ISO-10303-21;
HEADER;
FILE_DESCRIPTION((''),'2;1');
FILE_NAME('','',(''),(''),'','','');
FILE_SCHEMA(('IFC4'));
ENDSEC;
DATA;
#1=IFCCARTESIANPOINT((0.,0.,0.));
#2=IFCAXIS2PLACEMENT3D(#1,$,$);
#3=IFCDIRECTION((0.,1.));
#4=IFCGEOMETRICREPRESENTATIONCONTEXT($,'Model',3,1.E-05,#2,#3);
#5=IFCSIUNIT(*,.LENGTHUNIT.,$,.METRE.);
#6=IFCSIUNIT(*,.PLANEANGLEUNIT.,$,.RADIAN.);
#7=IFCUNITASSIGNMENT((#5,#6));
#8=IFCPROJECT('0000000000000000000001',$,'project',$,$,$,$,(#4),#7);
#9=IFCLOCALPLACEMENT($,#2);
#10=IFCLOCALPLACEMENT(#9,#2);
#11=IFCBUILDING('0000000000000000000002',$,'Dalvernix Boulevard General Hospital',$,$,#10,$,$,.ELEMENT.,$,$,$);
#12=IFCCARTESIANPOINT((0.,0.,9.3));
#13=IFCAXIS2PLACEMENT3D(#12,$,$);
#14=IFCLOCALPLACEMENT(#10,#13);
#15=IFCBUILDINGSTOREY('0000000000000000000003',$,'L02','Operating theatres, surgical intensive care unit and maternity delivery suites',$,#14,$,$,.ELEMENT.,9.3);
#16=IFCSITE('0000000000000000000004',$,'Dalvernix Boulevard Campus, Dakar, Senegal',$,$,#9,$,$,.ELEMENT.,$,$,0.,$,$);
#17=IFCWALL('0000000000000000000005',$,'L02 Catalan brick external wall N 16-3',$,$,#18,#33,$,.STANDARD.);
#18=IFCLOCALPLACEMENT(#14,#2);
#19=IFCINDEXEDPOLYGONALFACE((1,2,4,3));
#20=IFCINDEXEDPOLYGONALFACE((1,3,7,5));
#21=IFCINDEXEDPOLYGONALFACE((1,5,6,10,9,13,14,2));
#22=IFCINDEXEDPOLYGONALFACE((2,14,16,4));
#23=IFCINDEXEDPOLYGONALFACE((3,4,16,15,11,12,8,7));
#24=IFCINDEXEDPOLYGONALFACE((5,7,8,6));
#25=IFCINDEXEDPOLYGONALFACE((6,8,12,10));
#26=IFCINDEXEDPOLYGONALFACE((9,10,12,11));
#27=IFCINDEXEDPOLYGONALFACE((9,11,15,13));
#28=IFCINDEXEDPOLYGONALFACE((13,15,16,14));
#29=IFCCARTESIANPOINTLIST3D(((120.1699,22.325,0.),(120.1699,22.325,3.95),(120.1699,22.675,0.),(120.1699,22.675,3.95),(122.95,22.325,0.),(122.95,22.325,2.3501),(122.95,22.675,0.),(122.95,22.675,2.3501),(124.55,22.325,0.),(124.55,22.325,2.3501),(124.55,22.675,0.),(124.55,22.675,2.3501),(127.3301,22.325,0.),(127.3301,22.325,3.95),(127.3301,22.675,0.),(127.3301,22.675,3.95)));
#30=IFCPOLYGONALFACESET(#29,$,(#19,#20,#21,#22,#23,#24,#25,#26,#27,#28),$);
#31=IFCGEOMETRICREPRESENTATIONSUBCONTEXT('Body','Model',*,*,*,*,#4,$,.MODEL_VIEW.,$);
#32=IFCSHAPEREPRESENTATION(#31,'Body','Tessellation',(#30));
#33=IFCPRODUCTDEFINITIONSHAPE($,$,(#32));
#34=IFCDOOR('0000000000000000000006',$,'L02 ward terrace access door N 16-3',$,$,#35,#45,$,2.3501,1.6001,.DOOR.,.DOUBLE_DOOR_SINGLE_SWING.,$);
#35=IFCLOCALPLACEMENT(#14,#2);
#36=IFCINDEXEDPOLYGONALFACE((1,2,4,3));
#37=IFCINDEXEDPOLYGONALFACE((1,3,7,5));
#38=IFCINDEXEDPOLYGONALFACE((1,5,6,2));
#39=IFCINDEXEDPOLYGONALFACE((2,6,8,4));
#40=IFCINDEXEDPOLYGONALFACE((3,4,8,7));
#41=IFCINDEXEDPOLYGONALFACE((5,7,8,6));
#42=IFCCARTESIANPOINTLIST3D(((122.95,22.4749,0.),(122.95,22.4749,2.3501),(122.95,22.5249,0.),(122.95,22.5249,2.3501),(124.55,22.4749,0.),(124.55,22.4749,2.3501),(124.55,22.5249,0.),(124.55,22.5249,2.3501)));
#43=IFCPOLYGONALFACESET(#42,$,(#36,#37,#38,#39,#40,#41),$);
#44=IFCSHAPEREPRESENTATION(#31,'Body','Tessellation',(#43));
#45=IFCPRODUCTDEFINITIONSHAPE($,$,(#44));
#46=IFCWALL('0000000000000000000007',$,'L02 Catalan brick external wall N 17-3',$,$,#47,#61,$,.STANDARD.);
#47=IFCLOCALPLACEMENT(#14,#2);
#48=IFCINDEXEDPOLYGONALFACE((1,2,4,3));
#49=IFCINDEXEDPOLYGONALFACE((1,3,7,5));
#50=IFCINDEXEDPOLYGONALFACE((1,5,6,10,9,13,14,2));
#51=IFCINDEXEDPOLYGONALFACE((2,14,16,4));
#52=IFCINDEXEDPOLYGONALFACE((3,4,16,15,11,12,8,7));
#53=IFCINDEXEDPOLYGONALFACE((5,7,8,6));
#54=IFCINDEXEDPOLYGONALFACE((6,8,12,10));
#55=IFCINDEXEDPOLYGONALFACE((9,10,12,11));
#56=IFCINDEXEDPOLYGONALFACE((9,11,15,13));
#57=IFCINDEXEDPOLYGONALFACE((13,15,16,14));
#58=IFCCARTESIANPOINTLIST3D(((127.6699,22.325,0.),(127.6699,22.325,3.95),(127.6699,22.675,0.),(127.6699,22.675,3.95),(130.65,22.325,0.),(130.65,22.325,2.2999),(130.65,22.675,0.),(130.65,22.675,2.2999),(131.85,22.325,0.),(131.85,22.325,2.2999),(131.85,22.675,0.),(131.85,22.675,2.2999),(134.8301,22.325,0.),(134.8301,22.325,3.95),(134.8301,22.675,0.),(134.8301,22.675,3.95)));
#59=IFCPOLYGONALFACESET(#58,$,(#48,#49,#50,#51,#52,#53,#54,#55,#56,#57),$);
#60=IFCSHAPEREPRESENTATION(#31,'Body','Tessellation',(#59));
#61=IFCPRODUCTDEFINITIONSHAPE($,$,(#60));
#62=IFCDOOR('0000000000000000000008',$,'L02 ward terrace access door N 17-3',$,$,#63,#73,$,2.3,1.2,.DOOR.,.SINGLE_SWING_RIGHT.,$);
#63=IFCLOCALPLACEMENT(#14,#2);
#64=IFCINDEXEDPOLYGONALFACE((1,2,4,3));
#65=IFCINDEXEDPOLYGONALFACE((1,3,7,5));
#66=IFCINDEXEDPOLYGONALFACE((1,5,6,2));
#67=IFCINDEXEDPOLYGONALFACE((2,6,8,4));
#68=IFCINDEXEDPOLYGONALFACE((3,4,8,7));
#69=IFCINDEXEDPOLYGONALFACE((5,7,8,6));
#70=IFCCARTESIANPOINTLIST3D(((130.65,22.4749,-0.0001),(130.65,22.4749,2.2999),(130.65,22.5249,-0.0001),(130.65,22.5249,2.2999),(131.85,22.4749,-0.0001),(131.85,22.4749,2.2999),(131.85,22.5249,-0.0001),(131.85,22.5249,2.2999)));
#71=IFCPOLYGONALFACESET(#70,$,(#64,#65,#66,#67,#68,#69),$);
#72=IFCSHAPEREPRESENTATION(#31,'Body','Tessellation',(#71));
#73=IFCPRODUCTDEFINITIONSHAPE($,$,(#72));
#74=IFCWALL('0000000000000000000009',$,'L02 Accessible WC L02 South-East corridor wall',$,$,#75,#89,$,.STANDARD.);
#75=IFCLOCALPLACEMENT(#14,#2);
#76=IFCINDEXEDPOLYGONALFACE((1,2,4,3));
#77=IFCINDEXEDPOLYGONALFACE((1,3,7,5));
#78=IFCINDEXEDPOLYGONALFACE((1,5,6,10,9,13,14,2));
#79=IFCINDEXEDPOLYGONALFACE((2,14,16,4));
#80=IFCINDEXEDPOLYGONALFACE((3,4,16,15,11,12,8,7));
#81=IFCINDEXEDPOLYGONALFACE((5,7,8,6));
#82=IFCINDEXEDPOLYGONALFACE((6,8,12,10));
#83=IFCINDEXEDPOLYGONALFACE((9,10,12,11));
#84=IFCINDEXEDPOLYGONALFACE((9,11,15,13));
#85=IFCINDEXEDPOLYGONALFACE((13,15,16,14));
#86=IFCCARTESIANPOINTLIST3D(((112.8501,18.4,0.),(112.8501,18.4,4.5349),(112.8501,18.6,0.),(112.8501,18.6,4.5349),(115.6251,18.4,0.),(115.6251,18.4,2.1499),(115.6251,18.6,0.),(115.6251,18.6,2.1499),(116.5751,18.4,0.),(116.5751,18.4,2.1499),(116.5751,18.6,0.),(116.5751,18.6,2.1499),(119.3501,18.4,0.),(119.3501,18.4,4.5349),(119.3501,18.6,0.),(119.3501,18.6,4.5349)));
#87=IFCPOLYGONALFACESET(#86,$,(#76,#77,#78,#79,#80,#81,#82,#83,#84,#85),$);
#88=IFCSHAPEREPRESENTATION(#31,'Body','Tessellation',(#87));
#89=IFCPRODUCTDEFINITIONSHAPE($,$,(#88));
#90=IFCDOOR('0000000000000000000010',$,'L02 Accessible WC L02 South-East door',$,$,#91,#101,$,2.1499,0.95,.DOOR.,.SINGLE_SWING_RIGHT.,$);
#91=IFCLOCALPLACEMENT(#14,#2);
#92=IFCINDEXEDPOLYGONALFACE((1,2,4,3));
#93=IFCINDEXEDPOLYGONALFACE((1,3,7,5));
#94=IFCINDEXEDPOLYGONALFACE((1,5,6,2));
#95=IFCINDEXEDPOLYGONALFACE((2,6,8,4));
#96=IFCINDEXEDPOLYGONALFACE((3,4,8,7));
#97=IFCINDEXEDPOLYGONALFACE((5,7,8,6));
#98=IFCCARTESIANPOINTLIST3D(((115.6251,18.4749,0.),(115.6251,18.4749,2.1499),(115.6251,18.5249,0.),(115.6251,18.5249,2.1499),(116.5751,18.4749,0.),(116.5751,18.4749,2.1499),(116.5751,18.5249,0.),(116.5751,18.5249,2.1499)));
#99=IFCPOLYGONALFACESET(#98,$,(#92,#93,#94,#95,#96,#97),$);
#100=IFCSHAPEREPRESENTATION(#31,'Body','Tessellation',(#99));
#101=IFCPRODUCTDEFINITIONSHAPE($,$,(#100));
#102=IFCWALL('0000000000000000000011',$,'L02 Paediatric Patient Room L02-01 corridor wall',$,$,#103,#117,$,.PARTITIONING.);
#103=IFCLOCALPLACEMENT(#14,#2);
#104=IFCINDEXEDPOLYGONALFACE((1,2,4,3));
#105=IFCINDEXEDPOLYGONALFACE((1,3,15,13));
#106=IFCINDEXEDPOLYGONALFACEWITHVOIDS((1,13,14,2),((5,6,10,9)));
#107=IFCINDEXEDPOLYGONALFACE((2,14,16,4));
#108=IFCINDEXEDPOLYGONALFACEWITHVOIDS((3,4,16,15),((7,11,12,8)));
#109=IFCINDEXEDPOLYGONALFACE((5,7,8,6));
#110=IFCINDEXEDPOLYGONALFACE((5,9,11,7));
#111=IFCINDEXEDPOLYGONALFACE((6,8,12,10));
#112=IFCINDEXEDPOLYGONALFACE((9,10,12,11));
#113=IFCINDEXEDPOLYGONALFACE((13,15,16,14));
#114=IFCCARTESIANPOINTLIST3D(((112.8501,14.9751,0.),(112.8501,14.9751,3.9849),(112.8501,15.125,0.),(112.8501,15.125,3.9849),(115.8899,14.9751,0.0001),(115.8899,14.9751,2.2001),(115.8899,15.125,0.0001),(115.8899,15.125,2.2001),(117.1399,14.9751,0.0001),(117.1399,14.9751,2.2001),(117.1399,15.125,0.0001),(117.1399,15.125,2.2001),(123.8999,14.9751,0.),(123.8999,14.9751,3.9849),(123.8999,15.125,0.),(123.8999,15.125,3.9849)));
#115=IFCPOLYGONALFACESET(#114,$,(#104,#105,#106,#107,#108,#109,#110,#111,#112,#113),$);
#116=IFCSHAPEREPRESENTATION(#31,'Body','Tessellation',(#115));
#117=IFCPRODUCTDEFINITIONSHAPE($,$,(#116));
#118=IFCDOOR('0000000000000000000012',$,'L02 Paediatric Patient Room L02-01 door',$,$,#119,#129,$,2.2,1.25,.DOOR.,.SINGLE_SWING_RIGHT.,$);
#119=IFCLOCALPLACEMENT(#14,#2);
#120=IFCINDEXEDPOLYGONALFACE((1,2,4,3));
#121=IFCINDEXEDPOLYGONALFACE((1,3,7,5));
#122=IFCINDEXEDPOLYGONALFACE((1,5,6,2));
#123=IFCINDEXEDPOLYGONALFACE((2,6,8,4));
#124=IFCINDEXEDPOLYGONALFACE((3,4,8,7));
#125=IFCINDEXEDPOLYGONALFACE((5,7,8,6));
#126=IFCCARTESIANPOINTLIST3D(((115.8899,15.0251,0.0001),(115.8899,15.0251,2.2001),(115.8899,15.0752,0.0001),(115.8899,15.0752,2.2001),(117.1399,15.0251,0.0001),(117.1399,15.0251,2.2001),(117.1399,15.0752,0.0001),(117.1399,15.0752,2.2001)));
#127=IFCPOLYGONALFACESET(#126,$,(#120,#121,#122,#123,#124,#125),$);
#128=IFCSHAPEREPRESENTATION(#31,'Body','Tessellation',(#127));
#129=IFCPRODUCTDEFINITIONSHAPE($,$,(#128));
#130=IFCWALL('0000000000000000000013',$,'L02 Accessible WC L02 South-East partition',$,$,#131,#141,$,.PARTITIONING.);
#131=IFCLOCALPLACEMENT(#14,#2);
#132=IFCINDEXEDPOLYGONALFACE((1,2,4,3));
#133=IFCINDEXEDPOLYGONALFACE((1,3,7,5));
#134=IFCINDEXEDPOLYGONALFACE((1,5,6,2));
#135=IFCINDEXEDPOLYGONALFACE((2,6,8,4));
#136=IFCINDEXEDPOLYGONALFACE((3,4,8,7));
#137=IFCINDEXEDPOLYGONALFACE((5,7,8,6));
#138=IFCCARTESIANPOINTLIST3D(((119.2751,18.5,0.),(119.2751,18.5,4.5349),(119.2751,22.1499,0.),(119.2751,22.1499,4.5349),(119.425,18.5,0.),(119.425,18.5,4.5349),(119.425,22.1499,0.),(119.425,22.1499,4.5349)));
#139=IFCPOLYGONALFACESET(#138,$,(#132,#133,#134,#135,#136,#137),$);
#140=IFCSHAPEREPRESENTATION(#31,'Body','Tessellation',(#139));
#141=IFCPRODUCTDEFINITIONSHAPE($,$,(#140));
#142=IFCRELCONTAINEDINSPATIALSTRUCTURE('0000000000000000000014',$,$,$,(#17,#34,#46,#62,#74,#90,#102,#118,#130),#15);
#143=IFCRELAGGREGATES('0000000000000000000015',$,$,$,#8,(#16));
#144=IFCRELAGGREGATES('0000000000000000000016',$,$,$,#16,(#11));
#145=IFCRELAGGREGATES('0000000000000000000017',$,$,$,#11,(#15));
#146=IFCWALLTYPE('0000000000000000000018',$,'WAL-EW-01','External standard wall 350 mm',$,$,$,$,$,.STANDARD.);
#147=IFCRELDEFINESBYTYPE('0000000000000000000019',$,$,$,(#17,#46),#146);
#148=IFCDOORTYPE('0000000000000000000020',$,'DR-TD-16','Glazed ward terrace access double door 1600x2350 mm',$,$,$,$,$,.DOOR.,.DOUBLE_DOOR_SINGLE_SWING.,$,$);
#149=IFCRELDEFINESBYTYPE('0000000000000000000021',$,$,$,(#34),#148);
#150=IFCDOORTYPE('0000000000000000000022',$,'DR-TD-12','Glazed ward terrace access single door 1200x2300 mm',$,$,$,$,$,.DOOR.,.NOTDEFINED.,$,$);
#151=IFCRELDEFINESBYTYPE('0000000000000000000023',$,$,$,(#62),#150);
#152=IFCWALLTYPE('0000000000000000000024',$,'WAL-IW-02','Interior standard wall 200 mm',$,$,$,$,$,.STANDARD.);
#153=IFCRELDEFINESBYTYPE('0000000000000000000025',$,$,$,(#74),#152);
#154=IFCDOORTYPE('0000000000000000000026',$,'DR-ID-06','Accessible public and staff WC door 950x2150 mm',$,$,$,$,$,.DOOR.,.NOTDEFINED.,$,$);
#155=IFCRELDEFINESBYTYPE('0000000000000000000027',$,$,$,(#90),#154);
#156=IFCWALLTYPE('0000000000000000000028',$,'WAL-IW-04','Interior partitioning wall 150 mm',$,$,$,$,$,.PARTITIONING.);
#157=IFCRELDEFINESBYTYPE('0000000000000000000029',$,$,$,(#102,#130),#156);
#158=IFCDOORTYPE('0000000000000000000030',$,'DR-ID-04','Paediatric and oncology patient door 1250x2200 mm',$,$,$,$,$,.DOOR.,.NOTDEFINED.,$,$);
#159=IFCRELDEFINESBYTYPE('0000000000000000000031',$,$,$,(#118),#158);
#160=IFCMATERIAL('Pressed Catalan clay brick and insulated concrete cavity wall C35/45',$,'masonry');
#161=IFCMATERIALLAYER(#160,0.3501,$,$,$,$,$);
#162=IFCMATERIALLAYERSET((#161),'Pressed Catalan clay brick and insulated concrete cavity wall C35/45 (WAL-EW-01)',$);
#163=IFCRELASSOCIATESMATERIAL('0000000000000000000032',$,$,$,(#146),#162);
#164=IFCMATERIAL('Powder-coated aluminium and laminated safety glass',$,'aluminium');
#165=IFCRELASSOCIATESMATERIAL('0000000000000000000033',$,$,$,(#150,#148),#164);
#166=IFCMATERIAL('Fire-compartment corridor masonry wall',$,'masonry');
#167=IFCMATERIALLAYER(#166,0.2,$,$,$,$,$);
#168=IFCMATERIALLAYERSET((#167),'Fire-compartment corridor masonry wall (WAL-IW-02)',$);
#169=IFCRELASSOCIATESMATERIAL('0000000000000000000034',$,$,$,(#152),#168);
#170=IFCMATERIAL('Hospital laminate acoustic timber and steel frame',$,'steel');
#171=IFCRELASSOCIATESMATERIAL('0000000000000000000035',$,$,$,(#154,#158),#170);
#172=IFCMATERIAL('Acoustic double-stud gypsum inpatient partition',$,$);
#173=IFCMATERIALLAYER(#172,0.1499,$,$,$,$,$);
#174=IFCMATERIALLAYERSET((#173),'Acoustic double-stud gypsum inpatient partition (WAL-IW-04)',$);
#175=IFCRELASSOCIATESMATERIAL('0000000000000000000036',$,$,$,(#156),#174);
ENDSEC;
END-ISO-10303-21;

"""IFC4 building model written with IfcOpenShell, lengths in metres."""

from ifc_helpers import new_model, si_unit, direction, frame, frame_2d, origin, place, context, subcontext, project, spatial, rectangle, extrude, material, layer, layer_set, type_object, element, fill, save


model = new_model("IFC4")

# Units and contexts
model_context = context("Model", 3, precision=1e-05, world=origin(), true_north=direction((0.0, 1.0)))
body_context = subcontext(model_context, "Body", "Model", "MODEL_VIEW")
ifc_project = project(units=[si_unit("LENGTHUNIT", "METRE"), si_unit("PLANEANGLEUNIT", "RADIAN")], contexts=[model_context])

# Site, building, storey
site_placement = place(None, origin())
site = spatial("IfcSite", under=ifc_project, at=site_placement, Name="Dalvernix Boulevard Campus, Dakar, Senegal", CompositionType="ELEMENT", RefElevation=0.0)
building_placement = place(site_placement, origin())
building = spatial("IfcBuilding", under=site, at=building_placement, Name="Dalvernix Boulevard General Hospital", CompositionType="ELEMENT")
storey_placement = place(building_placement, frame((0.0, 0.0, 9.3)))
storey = spatial("IfcBuildingStorey", under=building, at=storey_placement, Name="L02", Description="Operating theatres, surgical intensive care unit and maternity delivery suites", CompositionType="ELEMENT", Elevation=9.3)

# Walls, openings, doors
ifc_material_1 = material(Name="Pressed Catalan clay brick and insulated concrete cavity wall C35/45", Category="masonry")
ifc_layer_1 = layer(ifc_material_1, 0.3501)
ifc_layer_set_1 = layer_set([ifc_layer_1], Name="Pressed Catalan clay brick and insulated concrete cavity wall C35/45 (WAL-EW-01)")
wall_type_1 = type_object("IfcWallType", Name="WAL-EW-01", Description="External standard wall 350 mm", PredefinedType="STANDARD", material=ifc_layer_set_1)
ifc_material_2 = material(Name="Powder-coated aluminium and laminated safety glass", Category="aluminium")
door_type_1 = type_object("IfcDoorType", Name="DR-TD-12", Description="Glazed ward terrace access single door 1200x2300 mm", OperationType="NOTDEFINED", PredefinedType="DOOR", material=ifc_material_2)
wall_1_placement = place(storey_placement, frame((120.1699, 22.5, 0.0), z_axis=(0.0, 0.0, 1.0), x_axis=(1.0, 0.0, 0.0)))
wall_1 = element("IfcWall", 1, at=wall_1_placement, inside=storey, type_object=wall_type_1, Name="L02 Catalan brick external wall N 16-3", PredefinedType="STANDARD", context=body_context, shape_type="SweptSolid", body=[
    extrude(rectangle(XDim=7.1602, YDim=0.3501, at=frame_2d((3.5801, 0.0))), origin(), (0.0, 0.0, 1.0), 3.95),
])
opening_1_placement = place(wall_1_placement, frame((2.78, 0.0, 0.0)))
opening_1 = element("IfcOpeningElement", 2, at=opening_1_placement, cuts=wall_1, PredefinedType="OPENING", context=body_context, shape_type="SweptSolid", body=[
    extrude(rectangle(XDim=1.6001, YDim=2.3501, at=frame_2d((0.8, 1.175))), frame((0.0, 0.1851, 0.0), z_axis=(0.0, -1.0, 0.0), x_axis=(1.0, 0.0, 0.0)), (0.0, 0.0, 1.0), 0.3701),
])
door_type_2 = type_object("IfcDoorType", Name="DR-TD-16", Description="Glazed ward terrace access double door 1600x2350 mm", OperationType="DOUBLE_DOOR_SINGLE_SWING", PredefinedType="DOOR", material=ifc_material_2)
door_1_placement = place(opening_1_placement, origin())
door_1 = element("IfcDoor", 3, at=door_1_placement, inside=storey, type_object=door_type_2, Name="L02 ward terrace access door N 16-3", OperationType="DOUBLE_DOOR_SINGLE_SWING", OverallHeight=2.3501, OverallWidth=1.6001, PredefinedType="DOOR", context=body_context, shape_type="SweptSolid", body=[
    extrude(rectangle(XDim=1.6001, YDim=2.3501, at=frame_2d((0.8, 1.175))), frame((0.0, 0.0249, 0.0), z_axis=(0.0, -1.0, 0.0), x_axis=(1.0, 0.0, 0.0)), (0.0, 0.0, 1.0), 0.05),
])
fill(opening_1, door_1)
wall_2_placement = place(storey_placement, frame((127.6699, 22.5, 0.0), z_axis=(0.0, 0.0, 1.0), x_axis=(1.0, 0.0, 0.0)))
wall_2 = element("IfcWall", 4, at=wall_2_placement, inside=storey, type_object=wall_type_1, Name="L02 Catalan brick external wall N 17-3", PredefinedType="STANDARD", context=body_context, shape_type="SweptSolid", body=[
    extrude(rectangle(XDim=7.1602, YDim=0.3501, at=frame_2d((3.5801, 0.0))), origin(), (0.0, 0.0, 1.0), 3.95),
])
opening_2_placement = place(wall_2_placement, frame((2.98, 0.0, 0.0)))
opening_2 = element("IfcOpeningElement", 5, at=opening_2_placement, cuts=wall_2, PredefinedType="OPENING", context=body_context, shape_type="SweptSolid", body=[
    extrude(rectangle(XDim=1.2, YDim=2.3, at=frame_2d((0.6001, 1.1499))), frame((0.0, 0.1851, 0.0), z_axis=(0.0, -1.0, 0.0), x_axis=(1.0, 0.0, 0.0)), (0.0, 0.0, 1.0), 0.3701),
])
door_2_placement = place(opening_2_placement, origin())
door_2 = element("IfcDoor", 6, at=door_2_placement, inside=storey, type_object=door_type_1, Name="L02 ward terrace access door N 17-3", OperationType="SINGLE_SWING_RIGHT", OverallHeight=2.3, OverallWidth=1.2, PredefinedType="DOOR", context=body_context, shape_type="SweptSolid", body=[
    extrude(rectangle(XDim=1.2, YDim=2.3, at=frame_2d((0.6001, 1.1499))), frame((0.0, 0.0249, 0.0), z_axis=(0.0, -1.0, 0.0), x_axis=(1.0, 0.0, 0.0)), (0.0, 0.0, 1.0), 0.05),
])
fill(opening_2, door_2)
ifc_material_3 = material(Name="Fire-compartment corridor masonry wall", Category="masonry")
ifc_layer_2 = layer(ifc_material_3, 0.2)
ifc_layer_set_2 = layer_set([ifc_layer_2], Name="Fire-compartment corridor masonry wall (WAL-IW-02)")
wall_type_2 = type_object("IfcWallType", Name="WAL-IW-02", Description="Interior standard wall 200 mm", PredefinedType="STANDARD", material=ifc_layer_set_2)
wall_3_placement = place(storey_placement, frame((112.8501, 18.5, 0.0), z_axis=(0.0, 0.0, 1.0), x_axis=(1.0, 0.0, 0.0)))
wall_3 = element("IfcWall", 7, at=wall_3_placement, inside=storey, type_object=wall_type_2, Name="L02 Accessible WC L02 South-East corridor wall", PredefinedType="STANDARD", context=body_context, shape_type="SweptSolid", body=[
    extrude(rectangle(XDim=6.5, YDim=0.2, at=frame_2d((3.25, 0.0))), origin(), (0.0, 0.0, 1.0), 4.5349),
])
opening_3_placement = place(wall_3_placement, frame((2.7749, 0.0, 0.0)))
opening_3 = element("IfcOpeningElement", 8, at=opening_3_placement, cuts=wall_3, PredefinedType="OPENING", context=body_context, shape_type="SweptSolid", body=[
    extrude(rectangle(XDim=0.95, YDim=2.1499, at=frame_2d((0.4751, 1.075))), frame((0.0, 0.1099, 0.0), z_axis=(0.0, -1.0, 0.0), x_axis=(1.0, 0.0, 0.0)), (0.0, 0.0, 1.0), 0.22),
])
ifc_material_4 = material(Name="Hospital laminate acoustic timber and steel frame", Category="steel")
door_type_3 = type_object("IfcDoorType", Name="DR-ID-06", Description="Accessible public and staff WC door 950x2150 mm", OperationType="NOTDEFINED", PredefinedType="DOOR", material=ifc_material_4)
door_3_placement = place(opening_3_placement, origin())
door_3 = element("IfcDoor", 9, at=door_3_placement, inside=storey, type_object=door_type_3, Name="L02 Accessible WC L02 South-East door", OperationType="SINGLE_SWING_RIGHT", OverallHeight=2.1499, OverallWidth=0.95, PredefinedType="DOOR", context=body_context, shape_type="SweptSolid", body=[
    extrude(rectangle(XDim=0.95, YDim=2.1499, at=frame_2d((0.4751, 1.075))), frame((0.0, 0.0249, 0.0), z_axis=(0.0, -1.0, 0.0), x_axis=(1.0, 0.0, 0.0)), (0.0, 0.0, 1.0), 0.05),
])
fill(opening_3, door_3)
ifc_material_5 = material(Name="Acoustic double-stud gypsum inpatient partition")
ifc_layer_3 = layer(ifc_material_5, 0.1499)
ifc_layer_set_3 = layer_set([ifc_layer_3], Name="Acoustic double-stud gypsum inpatient partition (WAL-IW-04)")
wall_type_3 = type_object("IfcWallType", Name="WAL-IW-04", Description="Interior partitioning wall 150 mm", PredefinedType="PARTITIONING", material=ifc_layer_set_3)
wall_4_placement = place(storey_placement, frame((123.8999, 15.05, 0.0), z_axis=(0.0, 0.0, 1.0), x_axis=(-1.0, 0.0, 0.0)))
wall_4 = element("IfcWall", 10, at=wall_4_placement, inside=storey, type_object=wall_type_3, Name="L02 Paediatric Patient Room L02-01 corridor wall", PredefinedType="PARTITIONING", context=body_context, shape_type="SweptSolid", body=[
    extrude(rectangle(XDim=11.0498, YDim=0.1499, at=frame_2d((5.5249, 0.0))), origin(), (0.0, 0.0, 1.0), 3.9849),
])
opening_4_placement = place(wall_4_placement, frame((6.76, 0.0, 0.0)))
opening_4 = element("IfcOpeningElement", 11, at=opening_4_placement, cuts=wall_4, PredefinedType="OPENING", context=body_context, shape_type="SweptSolid", body=[
    extrude(rectangle(XDim=1.25, YDim=2.2, at=frame_2d((0.625, 1.1001))), frame((0.0, 0.085, 0.0), z_axis=(0.0, -1.0, 0.0), x_axis=(1.0, 0.0, 0.0)), (0.0, 0.0, 1.0), 0.1699),
])
door_type_4 = type_object("IfcDoorType", Name="DR-ID-04", Description="Paediatric and oncology patient door 1250x2200 mm", OperationType="NOTDEFINED", PredefinedType="DOOR", material=ifc_material_4)
door_4_placement = place(opening_4_placement, origin())
door_4 = element("IfcDoor", 12, at=door_4_placement, inside=storey, type_object=door_type_4, Name="L02 Paediatric Patient Room L02-01 door", OperationType="SINGLE_SWING_RIGHT", OverallHeight=2.2, OverallWidth=1.25, PredefinedType="DOOR", context=body_context, shape_type="SweptSolid", body=[
    extrude(rectangle(XDim=1.25, YDim=2.2, at=frame_2d((0.625, 1.1001))), frame((0.0, 0.0249, 0.0), z_axis=(0.0, -1.0, 0.0), x_axis=(1.0, 0.0, 0.0)), (0.0, 0.0, 1.0), 0.05),
])
fill(opening_4, door_4)

# Wall
wall_5_placement = place(storey_placement, frame((119.3501, 18.5, 0.0), z_axis=(0.0, 0.0, 1.0), x_axis=(0.0, 1.0, 0.0)))
element("IfcWall", 13, at=wall_5_placement, inside=storey, type_object=wall_type_3, Name="L02 Accessible WC L02 South-East partition", PredefinedType="PARTITIONING", context=body_context, shape_type="SweptSolid", body=[
    extrude(rectangle(XDim=3.6499, YDim=0.1499, at=frame_2d((1.825, 0.0))), origin(), (0.0, 0.0, 1.0), 4.5349),
])

save(model, "model.ifc")
